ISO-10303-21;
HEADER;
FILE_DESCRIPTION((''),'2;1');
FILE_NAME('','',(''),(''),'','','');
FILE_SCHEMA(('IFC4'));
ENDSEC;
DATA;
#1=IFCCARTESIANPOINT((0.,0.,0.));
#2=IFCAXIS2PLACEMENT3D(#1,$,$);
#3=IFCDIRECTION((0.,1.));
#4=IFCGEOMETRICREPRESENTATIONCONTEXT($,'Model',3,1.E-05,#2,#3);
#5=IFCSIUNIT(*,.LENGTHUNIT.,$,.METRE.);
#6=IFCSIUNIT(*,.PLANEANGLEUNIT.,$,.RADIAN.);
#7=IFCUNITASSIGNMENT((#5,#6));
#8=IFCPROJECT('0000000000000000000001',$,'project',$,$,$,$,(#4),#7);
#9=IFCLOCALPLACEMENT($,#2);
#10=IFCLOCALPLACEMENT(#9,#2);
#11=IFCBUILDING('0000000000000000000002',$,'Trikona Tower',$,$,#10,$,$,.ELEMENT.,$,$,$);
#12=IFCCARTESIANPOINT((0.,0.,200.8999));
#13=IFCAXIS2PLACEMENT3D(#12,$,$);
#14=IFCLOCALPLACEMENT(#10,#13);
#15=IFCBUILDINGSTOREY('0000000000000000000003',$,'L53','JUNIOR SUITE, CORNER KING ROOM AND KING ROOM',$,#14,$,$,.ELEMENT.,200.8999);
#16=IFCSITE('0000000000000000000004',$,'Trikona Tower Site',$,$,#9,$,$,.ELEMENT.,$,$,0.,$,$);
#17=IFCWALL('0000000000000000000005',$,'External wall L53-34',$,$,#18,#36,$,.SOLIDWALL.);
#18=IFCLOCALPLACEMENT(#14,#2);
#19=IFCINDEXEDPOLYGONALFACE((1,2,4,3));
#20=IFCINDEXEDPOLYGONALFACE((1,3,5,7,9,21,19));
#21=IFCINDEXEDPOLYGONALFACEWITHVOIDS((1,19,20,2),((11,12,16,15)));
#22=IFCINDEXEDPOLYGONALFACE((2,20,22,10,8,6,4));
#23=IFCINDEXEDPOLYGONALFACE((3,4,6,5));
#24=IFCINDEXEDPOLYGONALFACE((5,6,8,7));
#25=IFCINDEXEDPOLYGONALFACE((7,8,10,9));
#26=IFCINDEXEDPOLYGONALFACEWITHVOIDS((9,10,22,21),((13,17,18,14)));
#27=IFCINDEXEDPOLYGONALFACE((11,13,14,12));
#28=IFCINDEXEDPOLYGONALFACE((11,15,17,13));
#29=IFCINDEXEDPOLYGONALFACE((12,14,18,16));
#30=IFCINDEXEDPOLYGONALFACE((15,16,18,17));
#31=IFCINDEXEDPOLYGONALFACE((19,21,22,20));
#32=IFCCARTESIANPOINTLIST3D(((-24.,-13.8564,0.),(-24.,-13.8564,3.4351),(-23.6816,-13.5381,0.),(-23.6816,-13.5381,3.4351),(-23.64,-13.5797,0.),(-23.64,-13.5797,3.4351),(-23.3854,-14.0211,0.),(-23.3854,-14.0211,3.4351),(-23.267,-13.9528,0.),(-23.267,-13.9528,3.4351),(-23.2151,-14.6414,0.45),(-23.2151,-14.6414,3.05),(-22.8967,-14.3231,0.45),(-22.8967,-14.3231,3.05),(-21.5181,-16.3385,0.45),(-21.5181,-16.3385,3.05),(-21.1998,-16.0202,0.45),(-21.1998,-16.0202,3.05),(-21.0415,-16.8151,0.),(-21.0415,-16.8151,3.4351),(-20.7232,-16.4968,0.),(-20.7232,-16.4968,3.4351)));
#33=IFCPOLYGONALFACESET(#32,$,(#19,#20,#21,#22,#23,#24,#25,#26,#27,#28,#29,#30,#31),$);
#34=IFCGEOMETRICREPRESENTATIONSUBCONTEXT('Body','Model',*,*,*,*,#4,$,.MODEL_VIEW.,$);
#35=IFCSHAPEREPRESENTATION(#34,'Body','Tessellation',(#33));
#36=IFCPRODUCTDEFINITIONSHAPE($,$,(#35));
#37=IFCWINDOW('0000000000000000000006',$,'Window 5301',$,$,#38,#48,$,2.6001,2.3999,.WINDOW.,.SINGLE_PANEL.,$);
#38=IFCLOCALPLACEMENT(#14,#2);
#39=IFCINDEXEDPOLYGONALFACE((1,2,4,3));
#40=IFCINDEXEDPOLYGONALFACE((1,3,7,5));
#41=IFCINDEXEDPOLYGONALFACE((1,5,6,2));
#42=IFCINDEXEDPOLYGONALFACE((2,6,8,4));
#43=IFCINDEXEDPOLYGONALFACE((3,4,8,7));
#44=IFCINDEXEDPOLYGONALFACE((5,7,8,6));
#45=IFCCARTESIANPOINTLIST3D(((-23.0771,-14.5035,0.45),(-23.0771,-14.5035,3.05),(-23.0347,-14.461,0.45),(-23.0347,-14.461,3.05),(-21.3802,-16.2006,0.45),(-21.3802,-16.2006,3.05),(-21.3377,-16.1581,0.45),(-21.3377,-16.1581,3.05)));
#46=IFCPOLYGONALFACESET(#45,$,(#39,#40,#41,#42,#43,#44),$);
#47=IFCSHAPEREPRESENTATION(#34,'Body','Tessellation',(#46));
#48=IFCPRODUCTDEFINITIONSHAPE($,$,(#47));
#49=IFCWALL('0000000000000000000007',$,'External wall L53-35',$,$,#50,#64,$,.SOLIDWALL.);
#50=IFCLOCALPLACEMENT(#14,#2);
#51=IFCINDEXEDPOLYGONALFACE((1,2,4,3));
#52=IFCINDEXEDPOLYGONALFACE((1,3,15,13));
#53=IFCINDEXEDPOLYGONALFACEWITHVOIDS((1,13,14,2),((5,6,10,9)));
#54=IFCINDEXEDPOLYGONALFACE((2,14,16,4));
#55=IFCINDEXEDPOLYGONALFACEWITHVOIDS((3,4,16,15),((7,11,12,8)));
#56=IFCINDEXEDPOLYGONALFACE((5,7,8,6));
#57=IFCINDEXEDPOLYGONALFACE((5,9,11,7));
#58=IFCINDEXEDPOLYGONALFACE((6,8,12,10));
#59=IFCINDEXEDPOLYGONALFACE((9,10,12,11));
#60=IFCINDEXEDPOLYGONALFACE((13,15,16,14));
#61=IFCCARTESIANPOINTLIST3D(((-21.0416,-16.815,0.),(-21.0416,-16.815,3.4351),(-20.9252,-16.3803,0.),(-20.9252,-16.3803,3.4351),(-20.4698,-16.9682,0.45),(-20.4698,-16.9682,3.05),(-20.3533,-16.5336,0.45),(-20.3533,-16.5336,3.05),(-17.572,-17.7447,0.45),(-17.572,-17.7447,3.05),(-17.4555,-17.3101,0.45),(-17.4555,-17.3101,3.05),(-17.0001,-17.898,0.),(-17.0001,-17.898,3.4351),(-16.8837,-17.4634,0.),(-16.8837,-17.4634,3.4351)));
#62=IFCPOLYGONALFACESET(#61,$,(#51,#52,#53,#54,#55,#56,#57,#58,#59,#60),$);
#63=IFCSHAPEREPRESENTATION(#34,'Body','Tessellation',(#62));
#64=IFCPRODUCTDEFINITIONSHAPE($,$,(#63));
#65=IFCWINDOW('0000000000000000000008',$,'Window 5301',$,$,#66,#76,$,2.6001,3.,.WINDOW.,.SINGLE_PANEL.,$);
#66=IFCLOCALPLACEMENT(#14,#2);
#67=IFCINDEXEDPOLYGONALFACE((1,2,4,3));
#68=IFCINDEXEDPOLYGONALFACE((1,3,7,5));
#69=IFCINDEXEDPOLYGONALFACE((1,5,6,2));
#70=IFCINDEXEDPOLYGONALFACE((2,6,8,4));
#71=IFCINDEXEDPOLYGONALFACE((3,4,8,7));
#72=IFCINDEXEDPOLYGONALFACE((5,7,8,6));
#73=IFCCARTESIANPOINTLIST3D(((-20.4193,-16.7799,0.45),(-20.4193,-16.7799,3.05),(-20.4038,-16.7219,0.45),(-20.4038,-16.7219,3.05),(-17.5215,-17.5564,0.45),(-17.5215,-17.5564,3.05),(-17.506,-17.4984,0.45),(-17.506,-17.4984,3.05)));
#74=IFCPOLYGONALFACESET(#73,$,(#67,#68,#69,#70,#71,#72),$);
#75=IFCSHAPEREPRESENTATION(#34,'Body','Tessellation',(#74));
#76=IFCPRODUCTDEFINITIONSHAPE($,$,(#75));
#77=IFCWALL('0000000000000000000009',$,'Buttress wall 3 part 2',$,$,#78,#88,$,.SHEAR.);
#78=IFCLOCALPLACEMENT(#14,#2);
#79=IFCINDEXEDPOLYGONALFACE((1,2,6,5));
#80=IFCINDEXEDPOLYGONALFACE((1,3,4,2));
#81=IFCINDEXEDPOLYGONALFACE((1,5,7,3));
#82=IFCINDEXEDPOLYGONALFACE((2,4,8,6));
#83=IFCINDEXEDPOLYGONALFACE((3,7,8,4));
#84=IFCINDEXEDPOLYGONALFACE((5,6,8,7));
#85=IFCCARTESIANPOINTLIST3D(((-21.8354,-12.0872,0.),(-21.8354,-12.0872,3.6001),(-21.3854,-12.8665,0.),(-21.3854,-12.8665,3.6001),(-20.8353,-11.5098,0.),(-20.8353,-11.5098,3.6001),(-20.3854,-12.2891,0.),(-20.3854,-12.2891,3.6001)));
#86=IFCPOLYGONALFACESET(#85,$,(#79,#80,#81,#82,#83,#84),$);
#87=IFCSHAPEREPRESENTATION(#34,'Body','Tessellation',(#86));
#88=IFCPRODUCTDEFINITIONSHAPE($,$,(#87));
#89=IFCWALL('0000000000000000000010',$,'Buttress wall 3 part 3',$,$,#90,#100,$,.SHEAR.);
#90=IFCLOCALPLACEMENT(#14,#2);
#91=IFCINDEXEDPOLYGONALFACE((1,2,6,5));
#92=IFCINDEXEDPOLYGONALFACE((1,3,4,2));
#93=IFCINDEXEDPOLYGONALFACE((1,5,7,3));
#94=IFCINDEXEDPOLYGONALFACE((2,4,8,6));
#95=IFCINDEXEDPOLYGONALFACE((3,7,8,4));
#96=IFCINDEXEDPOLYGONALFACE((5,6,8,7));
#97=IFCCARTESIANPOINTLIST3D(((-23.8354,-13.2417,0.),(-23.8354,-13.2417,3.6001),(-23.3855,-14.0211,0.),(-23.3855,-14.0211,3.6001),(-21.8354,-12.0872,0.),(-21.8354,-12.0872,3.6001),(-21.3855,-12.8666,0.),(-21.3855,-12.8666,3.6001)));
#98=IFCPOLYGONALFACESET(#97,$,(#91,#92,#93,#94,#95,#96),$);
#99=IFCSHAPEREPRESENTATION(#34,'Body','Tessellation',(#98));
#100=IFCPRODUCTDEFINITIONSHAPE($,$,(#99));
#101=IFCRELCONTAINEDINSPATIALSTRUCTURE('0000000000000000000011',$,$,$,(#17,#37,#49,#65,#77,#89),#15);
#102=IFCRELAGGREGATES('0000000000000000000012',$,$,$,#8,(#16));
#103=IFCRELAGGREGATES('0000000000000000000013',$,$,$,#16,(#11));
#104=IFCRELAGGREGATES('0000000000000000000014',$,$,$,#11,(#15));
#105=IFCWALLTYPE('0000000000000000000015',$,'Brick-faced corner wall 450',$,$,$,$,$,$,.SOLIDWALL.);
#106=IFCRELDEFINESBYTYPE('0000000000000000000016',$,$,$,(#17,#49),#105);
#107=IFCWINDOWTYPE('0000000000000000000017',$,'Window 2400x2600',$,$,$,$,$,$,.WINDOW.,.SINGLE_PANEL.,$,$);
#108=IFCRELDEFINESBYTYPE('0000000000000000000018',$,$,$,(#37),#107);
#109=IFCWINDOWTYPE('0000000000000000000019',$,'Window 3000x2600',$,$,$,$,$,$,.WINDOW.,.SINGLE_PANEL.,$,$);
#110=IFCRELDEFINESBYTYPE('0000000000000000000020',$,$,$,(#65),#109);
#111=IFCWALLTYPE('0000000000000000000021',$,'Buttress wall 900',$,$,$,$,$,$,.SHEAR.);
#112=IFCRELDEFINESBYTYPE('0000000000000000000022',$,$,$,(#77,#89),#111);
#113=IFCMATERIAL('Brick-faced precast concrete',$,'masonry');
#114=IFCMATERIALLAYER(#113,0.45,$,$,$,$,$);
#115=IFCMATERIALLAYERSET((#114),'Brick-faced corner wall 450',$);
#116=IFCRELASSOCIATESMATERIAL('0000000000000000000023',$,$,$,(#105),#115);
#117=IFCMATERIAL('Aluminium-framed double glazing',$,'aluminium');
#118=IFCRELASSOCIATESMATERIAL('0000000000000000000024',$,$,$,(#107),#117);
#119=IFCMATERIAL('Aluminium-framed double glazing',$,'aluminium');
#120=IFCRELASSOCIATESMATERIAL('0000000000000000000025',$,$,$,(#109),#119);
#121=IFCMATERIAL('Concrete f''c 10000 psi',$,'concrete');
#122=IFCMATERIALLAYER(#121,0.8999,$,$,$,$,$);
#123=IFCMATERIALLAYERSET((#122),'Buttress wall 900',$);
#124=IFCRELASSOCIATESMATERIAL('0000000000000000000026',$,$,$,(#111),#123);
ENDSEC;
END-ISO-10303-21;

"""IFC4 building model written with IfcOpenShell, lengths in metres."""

from ifc_helpers import new_model, si_unit, direction, frame, frame_2d, origin, place, context, subcontext, project, spatial, polyline, rectangle, outline, extrude, material, layer, layer_set, type_object, element, fill, save


model = new_model("IFC4")

# Units and contexts
model_context = context("Model", 3, precision=1e-05, world=origin(), true_north=direction((0.0, 1.0)))
body_context = subcontext(model_context, "Body", "Model", "MODEL_VIEW")
ifc_project = project(units=[si_unit("LENGTHUNIT", "METRE"), si_unit("PLANEANGLEUNIT", "RADIAN")], contexts=[model_context])

# Site, building, storey
site_placement = place(None, origin())
site = spatial("IfcSite", under=ifc_project, at=site_placement, Name="Trikona Tower Site", CompositionType="ELEMENT", RefElevation=0.0)
building_placement = place(site_placement, origin())
building = spatial("IfcBuilding", under=site, at=building_placement, Name="Trikona Tower", CompositionType="ELEMENT")
storey_placement = place(building_placement, frame((0.0, 0.0, 200.8999)))
storey = spatial("IfcBuildingStorey", under=building, at=storey_placement, Name="L53", Description="JUNIOR SUITE, CORNER KING ROOM AND KING ROOM", CompositionType="ELEMENT", Elevation=200.8999)

# Walls, openings, windows
ifc_material_1 = material(Name="Brick-faced precast concrete", Category="masonry")
ifc_layer_1 = layer(ifc_material_1, 0.45)
ifc_layer_set_1 = layer_set([ifc_layer_1], Name="Brick-faced corner wall 450")
wall_type_1 = type_object("IfcWallType", Name="Brick-faced corner wall 450", PredefinedType="SOLIDWALL", material=ifc_layer_set_1)
wall_1_placement = place(storey_placement, frame((-23.8408, -13.6973, 0.0), z_axis=(0.0, 0.0, 1.0), x_axis=(0.707078, -0.707136, 0.0)))
wall_1 = element("IfcWall", 1, at=wall_1_placement, inside=storey, type_object=wall_type_1, Name="External wall L53-34", PredefinedType="SOLIDWALL", context=body_context, shape_type="SweptSolid", body=[
    extrude(outline(polyline([(4.1841, 0.2251), (0.5864, 0.2251), (0.551, 0.093), (0.0588, 0.2251), (0.0, 0.2251), (0.0, -0.2251), (4.1841, -0.2251), (4.1841, 0.2251)])), origin(), (0.0, 0.0, 1.0), 3.4351),
])
opening_1_placement = place(wall_1_placement, frame((1.1101, 0.0, 0.45)))
opening_1 = element("IfcOpeningElement", 2, at=opening_1_placement, cuts=wall_1, PredefinedType="OPENING", context=body_context, shape_type="SweptSolid", body=[
    extrude(rectangle(XDim=2.3999, YDim=2.6001, at=frame_2d((1.2, 1.3))), frame((0.0, 0.2349, 0.0), z_axis=(0.0, -1.0, 0.0), x_axis=(1.0, 0.0, 0.0)), (0.0, 0.0, 1.0), 0.47),
])
ifc_material_2 = material(Name="Aluminium-framed double glazing", Category="aluminium")
window_type_1 = type_object("IfcWindowType", Name="Window 2400x2600", PartitioningType="SINGLE_PANEL", PredefinedType="WINDOW", material=ifc_material_2)
window_1_placement = place(opening_1_placement, origin())
window_1 = element("IfcWindow", 3, at=window_1_placement, inside=storey, type_object=window_type_1, Name="Window 5301", OverallHeight=2.6001, OverallWidth=2.3999, PartitioningType="SINGLE_PANEL", PredefinedType="WINDOW", context=body_context, shape_type="SweptSolid", body=[
    extrude(rectangle(XDim=2.3999, YDim=2.6001, at=frame_2d((1.2, 1.3))), frame((0.0, 0.03, 0.0), z_axis=(0.0, -1.0, 0.0), x_axis=(1.0, 0.0, 0.0)), (0.0, 0.0, 1.0), 0.0601),
])
fill(opening_1, window_1)
wall_2_placement = place(storey_placement, frame((-20.9834, -16.5977, 0.0), z_axis=(0.0, 0.0, 1.0), x_axis=(0.96592, -0.258839, 0.0)))
wall_2 = element("IfcWall", 4, at=wall_2_placement, inside=storey, type_object=wall_type_1, Name="External wall L53-35", PredefinedType="SOLIDWALL", context=body_context, shape_type="SweptSolid", body=[
    extrude(rectangle(XDim=4.1841, YDim=0.45, at=frame_2d((2.092, 0.0))), origin(), (0.0, 0.0, 1.0), 3.4351),
])
opening_2_placement = place(wall_2_placement, frame((0.592, 0.0, 0.45)))
opening_2 = element("IfcOpeningElement", 5, at=opening_2_placement, cuts=wall_2, PredefinedType="OPENING", context=body_context, shape_type="SweptSolid", body=[
    extrude(rectangle(XDim=3.0, YDim=2.6001, at=frame_2d((1.5, 1.3))), frame((0.0, 0.2349, 0.0), z_axis=(0.0, -1.0, 0.0), x_axis=(1.0, 0.0, 0.0)), (0.0, 0.0, 1.0), 0.47),
])
ifc_material_3 = material(Name="Aluminium-framed double glazing", Category="aluminium")
window_type_2 = type_object("IfcWindowType", Name="Window 3000x2600", PartitioningType="SINGLE_PANEL", PredefinedType="WINDOW", material=ifc_material_3)
window_2_placement = place(opening_2_placement, origin())
window_2 = element("IfcWindow", 6, at=window_2_placement, inside=storey, type_object=window_type_2, Name="Window 5301", OverallHeight=2.6001, OverallWidth=3.0, PartitioningType="SINGLE_PANEL", PredefinedType="WINDOW", context=body_context, shape_type="SweptSolid", body=[
    extrude(rectangle(XDim=3.0, YDim=2.6001, at=frame_2d((1.5, 1.3))), frame((0.0, 0.03, 0.0), z_axis=(0.0, -1.0, 0.0), x_axis=(1.0, 0.0, 0.0)), (0.0, 0.0, 1.0), 0.0601),
])
fill(opening_2, window_2)

# Walls
ifc_material_4 = material(Name="Concrete f'c 10000 psi", Category="concrete")
ifc_layer_2 = layer(ifc_material_4, 0.8999)
ifc_layer_set_2 = layer_set([ifc_layer_2], Name="Buttress wall 900")
wall_type_2 = type_object("IfcWallType", Name="Buttress wall 900", PredefinedType="SHEAR", material=ifc_layer_set_2)
wall_3_placement = place(storey_placement, frame((-20.6104, -11.8994, 0.0), z_axis=(0.0, 0.0, 1.0), x_axis=(-0.86601, -0.500027, 0.0)))
element("IfcWall", 7, at=wall_3_placement, inside=storey, type_object=wall_type_2, Name="Buttress wall 3 part 2", PredefinedType="SHEAR", context=body_context, shape_type="SweptSolid", body=[
    extrude(rectangle(XDim=1.1548, YDim=0.8999, at=frame_2d((0.5774, 0.0))), origin(), (0.0, 0.0, 1.0), 3.6001),
])
wall_4_placement = place(storey_placement, frame((-21.6104, -12.4768, 0.0), z_axis=(0.0, 0.0, 1.0), x_axis=(-0.866055, -0.499948, 0.0)))
element("IfcWall", 8, at=wall_4_placement, inside=storey, type_object=wall_type_2, Name="Buttress wall 3 part 3", PredefinedType="SHEAR", context=body_context, shape_type="SweptSolid", body=[
    extrude(rectangle(XDim=2.3093, YDim=0.8999, at=frame_2d((1.1548, 0.0))), origin(), (0.0, 0.0, 1.0), 3.6001),
])

save(model, "model.ifc")
